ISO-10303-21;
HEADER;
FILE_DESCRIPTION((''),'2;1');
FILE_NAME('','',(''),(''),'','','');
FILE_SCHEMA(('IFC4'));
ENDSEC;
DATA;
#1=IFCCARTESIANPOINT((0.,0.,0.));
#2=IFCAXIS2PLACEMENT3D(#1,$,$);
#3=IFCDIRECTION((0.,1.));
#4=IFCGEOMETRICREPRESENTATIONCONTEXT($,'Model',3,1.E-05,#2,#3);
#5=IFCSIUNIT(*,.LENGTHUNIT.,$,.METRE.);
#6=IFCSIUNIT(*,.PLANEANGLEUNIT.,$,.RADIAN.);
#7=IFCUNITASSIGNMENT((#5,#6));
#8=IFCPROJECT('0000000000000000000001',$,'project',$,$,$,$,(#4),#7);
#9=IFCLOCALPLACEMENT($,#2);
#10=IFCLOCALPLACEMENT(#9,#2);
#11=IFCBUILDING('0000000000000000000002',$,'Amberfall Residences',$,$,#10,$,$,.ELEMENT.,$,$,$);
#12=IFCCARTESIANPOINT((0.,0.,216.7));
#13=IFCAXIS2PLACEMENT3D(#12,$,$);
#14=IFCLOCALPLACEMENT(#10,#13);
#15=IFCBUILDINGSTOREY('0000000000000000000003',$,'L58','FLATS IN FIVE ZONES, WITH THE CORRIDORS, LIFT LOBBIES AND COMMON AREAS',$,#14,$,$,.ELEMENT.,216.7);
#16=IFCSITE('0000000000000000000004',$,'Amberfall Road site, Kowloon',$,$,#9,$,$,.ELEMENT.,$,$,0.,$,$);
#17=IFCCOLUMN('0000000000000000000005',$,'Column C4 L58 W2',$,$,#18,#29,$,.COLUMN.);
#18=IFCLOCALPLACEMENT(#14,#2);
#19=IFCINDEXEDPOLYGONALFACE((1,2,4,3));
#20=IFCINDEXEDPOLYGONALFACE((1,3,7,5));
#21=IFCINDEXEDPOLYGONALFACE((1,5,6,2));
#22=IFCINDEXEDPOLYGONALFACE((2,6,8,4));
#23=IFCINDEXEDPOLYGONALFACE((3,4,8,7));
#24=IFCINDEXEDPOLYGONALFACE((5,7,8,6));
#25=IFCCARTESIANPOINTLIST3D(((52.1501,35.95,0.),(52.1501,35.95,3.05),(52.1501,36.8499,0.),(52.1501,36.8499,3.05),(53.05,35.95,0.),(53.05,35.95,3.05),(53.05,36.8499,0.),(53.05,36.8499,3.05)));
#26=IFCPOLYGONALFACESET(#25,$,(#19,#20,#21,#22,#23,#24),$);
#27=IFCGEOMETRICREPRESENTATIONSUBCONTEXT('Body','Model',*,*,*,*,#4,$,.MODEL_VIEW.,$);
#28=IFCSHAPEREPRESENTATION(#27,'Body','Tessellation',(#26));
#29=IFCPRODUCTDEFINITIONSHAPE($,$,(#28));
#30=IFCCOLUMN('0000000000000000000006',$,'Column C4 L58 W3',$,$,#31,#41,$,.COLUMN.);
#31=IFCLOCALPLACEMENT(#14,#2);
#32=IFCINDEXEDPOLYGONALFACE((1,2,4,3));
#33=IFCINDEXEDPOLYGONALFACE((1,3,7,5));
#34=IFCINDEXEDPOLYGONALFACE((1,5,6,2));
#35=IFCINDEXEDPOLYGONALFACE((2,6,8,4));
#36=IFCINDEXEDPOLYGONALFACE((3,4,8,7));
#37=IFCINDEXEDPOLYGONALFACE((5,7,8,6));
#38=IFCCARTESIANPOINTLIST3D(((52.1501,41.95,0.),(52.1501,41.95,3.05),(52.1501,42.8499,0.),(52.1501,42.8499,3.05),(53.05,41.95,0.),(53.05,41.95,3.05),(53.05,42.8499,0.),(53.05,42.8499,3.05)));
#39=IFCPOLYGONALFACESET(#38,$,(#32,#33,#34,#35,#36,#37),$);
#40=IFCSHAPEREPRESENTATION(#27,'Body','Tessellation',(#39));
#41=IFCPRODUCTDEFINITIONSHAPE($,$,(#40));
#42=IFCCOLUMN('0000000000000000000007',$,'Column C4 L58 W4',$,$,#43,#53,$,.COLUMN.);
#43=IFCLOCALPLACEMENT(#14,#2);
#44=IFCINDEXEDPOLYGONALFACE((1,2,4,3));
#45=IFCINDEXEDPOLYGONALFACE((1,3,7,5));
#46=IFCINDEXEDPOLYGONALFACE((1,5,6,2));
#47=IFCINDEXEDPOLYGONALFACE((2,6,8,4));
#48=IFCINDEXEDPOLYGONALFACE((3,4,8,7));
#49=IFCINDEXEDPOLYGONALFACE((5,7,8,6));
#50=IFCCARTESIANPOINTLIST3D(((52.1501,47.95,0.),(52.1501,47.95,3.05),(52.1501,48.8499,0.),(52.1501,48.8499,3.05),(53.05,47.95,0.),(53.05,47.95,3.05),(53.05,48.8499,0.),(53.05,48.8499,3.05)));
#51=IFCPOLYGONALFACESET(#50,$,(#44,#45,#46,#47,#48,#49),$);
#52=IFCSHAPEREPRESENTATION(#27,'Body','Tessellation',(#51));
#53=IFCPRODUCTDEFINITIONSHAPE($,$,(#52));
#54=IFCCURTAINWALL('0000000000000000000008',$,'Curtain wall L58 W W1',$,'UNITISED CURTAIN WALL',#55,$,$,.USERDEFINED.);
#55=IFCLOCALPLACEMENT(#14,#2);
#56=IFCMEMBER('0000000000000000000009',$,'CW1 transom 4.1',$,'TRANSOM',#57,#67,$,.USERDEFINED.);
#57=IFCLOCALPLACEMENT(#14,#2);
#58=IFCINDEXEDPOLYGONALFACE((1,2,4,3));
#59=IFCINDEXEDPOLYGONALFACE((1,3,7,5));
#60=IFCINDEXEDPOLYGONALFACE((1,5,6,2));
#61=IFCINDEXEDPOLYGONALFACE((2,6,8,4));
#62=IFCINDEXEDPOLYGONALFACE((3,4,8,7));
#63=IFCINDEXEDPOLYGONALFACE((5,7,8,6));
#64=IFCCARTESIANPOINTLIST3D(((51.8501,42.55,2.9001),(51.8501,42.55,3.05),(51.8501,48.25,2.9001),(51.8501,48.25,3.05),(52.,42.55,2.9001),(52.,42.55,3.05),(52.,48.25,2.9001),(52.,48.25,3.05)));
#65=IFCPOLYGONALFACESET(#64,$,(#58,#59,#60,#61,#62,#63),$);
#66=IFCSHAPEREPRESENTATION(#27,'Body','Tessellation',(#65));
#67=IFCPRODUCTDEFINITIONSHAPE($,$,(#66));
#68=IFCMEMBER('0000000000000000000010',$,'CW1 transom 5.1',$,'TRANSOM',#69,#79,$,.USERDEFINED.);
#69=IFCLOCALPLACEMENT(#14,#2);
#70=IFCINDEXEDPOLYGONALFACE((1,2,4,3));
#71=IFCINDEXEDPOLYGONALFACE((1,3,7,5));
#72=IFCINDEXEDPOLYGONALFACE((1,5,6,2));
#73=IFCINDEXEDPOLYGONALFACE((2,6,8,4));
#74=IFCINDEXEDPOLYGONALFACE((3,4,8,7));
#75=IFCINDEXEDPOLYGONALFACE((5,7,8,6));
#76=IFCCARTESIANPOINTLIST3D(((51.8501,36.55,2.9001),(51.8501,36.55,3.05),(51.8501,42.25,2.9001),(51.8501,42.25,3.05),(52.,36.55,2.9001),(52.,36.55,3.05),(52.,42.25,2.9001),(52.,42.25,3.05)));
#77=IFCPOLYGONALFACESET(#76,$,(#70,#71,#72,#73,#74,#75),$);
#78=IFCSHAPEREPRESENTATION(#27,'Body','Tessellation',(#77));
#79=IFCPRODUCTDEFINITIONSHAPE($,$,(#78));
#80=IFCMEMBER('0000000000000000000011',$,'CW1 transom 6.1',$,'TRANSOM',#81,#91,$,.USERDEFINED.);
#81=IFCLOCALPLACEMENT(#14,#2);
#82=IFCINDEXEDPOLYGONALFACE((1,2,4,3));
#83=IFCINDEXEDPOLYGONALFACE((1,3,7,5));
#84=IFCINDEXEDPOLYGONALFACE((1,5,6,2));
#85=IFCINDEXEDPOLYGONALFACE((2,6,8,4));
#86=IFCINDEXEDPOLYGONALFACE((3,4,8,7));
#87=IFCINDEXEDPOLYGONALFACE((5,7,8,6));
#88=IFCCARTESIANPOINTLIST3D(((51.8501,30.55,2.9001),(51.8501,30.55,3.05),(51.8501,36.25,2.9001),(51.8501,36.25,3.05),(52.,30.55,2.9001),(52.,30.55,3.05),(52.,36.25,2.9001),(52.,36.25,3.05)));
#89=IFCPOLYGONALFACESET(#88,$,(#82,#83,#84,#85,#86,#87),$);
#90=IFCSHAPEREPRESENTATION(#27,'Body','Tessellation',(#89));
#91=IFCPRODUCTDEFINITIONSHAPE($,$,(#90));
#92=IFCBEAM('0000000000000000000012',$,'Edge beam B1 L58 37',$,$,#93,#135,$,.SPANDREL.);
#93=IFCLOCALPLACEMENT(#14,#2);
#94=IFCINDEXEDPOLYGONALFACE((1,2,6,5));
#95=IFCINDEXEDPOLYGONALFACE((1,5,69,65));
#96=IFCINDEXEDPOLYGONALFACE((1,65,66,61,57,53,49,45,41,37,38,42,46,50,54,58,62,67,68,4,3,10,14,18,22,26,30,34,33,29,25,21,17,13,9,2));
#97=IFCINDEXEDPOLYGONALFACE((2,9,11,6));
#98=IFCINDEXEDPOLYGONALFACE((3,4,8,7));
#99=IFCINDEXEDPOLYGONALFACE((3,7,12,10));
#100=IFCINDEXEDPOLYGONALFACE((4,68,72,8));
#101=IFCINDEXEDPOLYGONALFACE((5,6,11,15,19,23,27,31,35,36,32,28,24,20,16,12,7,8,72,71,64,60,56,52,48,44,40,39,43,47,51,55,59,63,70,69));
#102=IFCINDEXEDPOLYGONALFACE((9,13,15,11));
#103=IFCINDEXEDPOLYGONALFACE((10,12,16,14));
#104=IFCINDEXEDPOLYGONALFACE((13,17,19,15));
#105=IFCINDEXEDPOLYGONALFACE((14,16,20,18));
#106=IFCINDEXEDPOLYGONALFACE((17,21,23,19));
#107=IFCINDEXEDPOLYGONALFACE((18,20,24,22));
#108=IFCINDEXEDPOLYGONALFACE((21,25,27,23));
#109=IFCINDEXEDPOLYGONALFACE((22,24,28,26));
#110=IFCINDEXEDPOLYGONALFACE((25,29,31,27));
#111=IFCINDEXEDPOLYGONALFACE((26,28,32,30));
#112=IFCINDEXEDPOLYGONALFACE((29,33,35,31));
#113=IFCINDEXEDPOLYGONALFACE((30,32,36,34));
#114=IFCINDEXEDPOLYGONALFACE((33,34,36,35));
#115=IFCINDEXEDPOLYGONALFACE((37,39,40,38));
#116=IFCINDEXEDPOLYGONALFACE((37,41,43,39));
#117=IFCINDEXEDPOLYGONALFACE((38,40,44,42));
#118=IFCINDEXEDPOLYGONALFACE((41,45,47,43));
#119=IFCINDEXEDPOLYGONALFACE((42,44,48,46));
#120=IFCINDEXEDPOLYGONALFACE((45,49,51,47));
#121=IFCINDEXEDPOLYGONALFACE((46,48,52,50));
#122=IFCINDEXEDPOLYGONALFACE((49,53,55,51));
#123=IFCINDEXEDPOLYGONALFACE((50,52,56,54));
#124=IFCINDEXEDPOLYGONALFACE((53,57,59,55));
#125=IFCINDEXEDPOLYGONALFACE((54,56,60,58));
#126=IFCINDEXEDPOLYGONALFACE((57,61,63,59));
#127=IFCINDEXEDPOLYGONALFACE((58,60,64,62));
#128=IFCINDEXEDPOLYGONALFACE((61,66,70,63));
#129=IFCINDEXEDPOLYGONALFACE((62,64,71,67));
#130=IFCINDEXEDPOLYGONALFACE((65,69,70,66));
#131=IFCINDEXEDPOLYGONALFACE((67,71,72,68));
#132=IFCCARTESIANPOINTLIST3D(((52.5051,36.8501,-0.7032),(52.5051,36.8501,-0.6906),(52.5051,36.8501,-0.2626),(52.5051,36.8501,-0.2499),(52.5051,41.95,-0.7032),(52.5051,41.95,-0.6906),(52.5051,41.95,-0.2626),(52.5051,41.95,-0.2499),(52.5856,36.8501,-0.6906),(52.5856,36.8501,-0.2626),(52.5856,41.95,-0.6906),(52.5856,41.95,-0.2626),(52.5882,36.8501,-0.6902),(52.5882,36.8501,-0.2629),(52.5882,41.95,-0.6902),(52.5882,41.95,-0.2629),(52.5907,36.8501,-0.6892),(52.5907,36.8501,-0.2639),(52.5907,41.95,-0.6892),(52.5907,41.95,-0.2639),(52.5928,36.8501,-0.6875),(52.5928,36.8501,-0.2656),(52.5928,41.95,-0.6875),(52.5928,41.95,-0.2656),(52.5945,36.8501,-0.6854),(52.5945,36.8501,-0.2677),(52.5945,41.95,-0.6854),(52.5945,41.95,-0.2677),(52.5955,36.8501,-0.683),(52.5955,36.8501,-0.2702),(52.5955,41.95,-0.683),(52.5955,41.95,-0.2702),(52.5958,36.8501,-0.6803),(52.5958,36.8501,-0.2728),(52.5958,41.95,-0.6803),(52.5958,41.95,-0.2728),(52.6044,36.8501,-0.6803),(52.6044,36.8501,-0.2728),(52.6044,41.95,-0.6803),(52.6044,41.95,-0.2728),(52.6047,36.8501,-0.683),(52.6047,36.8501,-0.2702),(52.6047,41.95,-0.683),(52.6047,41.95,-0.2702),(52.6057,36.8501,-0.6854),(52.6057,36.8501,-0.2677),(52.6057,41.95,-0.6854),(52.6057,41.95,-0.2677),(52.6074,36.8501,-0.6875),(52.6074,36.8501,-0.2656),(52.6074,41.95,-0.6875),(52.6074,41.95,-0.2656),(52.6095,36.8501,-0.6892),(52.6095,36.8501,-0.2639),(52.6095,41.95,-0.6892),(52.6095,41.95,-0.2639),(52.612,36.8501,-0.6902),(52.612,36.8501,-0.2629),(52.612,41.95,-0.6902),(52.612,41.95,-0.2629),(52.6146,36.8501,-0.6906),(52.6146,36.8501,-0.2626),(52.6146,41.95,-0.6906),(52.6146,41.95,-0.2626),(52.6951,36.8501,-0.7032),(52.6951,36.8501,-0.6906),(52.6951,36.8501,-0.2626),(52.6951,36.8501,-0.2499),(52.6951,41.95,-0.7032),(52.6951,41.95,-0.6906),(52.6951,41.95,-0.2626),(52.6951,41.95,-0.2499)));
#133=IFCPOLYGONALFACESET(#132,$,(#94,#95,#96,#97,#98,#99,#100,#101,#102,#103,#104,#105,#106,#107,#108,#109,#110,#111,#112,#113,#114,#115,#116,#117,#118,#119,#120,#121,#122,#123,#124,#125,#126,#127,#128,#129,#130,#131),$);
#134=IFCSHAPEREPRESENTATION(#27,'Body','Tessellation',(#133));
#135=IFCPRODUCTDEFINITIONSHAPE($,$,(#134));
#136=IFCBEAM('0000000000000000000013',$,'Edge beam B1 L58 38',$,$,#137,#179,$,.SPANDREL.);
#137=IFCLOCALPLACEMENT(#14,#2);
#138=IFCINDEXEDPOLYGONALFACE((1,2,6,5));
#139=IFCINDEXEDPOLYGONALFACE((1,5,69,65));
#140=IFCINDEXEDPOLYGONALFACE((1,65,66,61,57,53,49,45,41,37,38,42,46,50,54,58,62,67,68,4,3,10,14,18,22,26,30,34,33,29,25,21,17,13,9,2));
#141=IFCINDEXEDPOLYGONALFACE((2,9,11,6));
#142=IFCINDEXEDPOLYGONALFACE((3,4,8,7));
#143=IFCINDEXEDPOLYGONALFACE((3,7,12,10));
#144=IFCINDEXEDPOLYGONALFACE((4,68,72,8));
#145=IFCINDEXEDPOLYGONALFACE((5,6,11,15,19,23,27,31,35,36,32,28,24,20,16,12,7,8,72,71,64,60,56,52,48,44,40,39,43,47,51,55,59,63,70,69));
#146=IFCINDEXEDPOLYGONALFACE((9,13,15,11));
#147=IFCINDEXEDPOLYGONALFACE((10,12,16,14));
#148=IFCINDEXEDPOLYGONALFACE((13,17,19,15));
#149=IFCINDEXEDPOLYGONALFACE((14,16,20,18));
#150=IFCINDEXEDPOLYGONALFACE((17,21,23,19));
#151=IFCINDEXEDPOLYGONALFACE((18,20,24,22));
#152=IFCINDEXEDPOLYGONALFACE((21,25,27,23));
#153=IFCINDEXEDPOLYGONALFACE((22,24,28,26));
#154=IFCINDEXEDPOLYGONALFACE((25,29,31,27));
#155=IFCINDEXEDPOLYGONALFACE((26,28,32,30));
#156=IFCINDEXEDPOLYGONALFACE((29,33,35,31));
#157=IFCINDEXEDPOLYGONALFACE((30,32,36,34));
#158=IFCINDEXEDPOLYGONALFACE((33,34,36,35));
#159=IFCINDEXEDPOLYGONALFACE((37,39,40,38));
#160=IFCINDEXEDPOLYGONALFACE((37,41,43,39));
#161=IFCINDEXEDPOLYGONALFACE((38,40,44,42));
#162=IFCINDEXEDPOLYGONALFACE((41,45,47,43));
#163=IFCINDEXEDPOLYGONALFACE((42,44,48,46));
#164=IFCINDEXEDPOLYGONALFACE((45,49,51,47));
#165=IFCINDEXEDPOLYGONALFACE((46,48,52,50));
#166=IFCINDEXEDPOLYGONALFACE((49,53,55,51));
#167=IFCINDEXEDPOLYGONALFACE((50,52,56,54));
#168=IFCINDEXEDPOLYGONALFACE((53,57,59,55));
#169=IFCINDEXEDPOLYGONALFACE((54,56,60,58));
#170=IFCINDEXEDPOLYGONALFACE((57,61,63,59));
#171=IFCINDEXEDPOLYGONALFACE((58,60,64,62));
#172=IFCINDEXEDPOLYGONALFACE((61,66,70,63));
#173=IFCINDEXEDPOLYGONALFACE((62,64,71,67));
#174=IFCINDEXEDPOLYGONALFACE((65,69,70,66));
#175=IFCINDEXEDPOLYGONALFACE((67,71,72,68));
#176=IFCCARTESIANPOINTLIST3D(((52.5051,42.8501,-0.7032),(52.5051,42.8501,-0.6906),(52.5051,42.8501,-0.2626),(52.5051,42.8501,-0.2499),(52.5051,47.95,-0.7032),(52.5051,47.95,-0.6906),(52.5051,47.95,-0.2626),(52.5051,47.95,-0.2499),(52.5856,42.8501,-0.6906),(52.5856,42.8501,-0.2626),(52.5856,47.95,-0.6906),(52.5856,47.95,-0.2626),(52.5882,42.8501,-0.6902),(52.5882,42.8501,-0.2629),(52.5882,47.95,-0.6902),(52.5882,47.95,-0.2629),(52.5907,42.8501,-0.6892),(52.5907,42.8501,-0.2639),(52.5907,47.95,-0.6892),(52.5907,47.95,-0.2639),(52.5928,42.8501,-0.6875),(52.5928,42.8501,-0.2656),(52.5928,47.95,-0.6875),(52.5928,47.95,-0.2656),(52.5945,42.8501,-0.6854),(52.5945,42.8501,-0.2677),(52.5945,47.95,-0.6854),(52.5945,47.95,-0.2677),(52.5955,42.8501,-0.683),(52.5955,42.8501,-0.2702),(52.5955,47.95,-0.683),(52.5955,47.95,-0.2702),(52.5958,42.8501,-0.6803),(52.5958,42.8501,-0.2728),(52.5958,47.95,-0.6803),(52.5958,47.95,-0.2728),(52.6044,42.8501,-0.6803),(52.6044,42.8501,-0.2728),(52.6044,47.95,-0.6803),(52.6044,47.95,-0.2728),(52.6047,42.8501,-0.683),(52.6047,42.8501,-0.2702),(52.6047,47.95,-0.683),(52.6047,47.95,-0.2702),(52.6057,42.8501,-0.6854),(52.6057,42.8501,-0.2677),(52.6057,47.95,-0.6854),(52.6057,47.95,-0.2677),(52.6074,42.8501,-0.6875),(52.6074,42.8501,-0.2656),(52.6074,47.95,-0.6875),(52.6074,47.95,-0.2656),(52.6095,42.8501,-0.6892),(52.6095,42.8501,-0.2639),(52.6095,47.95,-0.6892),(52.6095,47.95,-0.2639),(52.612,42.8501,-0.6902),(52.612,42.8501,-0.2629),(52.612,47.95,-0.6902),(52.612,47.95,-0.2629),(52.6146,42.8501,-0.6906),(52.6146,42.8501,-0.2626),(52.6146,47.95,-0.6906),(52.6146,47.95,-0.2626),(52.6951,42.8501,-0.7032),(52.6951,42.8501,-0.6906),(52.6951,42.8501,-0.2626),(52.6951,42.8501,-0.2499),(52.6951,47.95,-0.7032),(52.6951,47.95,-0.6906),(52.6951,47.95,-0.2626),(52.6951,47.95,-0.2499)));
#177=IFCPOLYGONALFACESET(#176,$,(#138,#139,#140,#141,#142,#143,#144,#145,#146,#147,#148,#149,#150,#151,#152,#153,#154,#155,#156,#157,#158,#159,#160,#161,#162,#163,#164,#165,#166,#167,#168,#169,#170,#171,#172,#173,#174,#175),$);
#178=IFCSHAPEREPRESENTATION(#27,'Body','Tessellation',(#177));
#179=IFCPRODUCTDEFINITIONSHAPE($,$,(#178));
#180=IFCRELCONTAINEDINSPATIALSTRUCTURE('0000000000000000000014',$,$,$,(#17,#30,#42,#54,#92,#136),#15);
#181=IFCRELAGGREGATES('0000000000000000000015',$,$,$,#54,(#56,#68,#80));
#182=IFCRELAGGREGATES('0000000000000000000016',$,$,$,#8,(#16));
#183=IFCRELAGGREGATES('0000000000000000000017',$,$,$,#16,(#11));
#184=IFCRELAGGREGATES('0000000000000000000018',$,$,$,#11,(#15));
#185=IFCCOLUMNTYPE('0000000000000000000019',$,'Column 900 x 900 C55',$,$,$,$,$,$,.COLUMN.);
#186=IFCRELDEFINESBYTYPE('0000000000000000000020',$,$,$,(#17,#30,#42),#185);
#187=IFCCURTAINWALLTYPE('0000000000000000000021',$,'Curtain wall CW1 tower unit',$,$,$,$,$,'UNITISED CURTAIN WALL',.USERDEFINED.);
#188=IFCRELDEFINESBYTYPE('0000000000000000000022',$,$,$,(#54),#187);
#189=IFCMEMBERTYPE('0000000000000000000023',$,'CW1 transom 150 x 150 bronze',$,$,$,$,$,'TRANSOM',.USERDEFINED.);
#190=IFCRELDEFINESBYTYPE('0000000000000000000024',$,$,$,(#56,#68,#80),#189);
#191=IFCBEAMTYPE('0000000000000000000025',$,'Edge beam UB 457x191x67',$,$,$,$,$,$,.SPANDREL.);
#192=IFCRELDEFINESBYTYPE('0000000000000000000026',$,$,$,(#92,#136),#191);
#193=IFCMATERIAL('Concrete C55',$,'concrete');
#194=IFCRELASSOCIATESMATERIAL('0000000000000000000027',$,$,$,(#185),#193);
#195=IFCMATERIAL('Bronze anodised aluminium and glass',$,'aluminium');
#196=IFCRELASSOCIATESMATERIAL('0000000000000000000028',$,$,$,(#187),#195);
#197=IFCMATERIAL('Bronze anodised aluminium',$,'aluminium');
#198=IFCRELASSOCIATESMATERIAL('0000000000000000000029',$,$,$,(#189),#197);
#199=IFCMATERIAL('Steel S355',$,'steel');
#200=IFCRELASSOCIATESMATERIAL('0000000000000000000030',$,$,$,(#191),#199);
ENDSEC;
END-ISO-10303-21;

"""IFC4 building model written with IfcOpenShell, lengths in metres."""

from ifc_helpers import new_model, si_unit, direction, frame, origin, origin_2d, place, context, subcontext, project, spatial, rectangle, i_section, extrude, material, material_profile, profile_set, type_object, element, aggregate, save


model = new_model("IFC4")

# Units and contexts
model_context = context("Model", 3, precision=1e-05, world=origin(), true_north=direction((0.0, 1.0)))
body_context = subcontext(model_context, "Body", "Model", "MODEL_VIEW")
ifc_project = project(units=[si_unit("LENGTHUNIT", "METRE"), si_unit("PLANEANGLEUNIT", "RADIAN")], contexts=[model_context])

# Site, building, storey
site_placement = place(None, origin())
site = spatial("IfcSite", under=ifc_project, at=site_placement, Name="Amberfall Road site, Kowloon", CompositionType="ELEMENT", RefElevation=0.0)
building_placement = place(site_placement, origin())
building = spatial("IfcBuilding", under=site, at=building_placement, Name="Amberfall Residences", CompositionType="ELEMENT")
storey_placement = place(building_placement, frame((0.0, 0.0, 216.7)))
storey = spatial("IfcBuildingStorey", under=building, at=storey_placement, Name="L58", Description="FLATS IN FIVE ZONES, WITH THE CORRIDORS, LIFT LOBBIES AND COMMON AREAS", CompositionType="ELEMENT", Elevation=216.7)

# Columns
ifc_material_1 = material(Name="Concrete C55", Category="concrete")
ifc_material_profile_1 = material_profile(ifc_material_1, rectangle(XDim=0.8999, YDim=0.8999, at=origin_2d()), Name="Column 900 x 900 C55")
ifc_profile_set_1 = profile_set([ifc_material_profile_1], Name="Concrete C55")
column_type = type_object("IfcColumnType", Name="Column 900 x 900 C55", PredefinedType="COLUMN", material=ifc_profile_set_1)
for number, where, z_axis, x_axis, name in (
    (1, (52.6001, 36.3999, 0.0), (0.0, 0.0, 1.0), (1.0, 0.0, 0.0), "Column C4 L58 W2"),
    (2, (52.6001, 42.3999, 0.0), (0.0, 0.0, 1.0), (1.0, 0.0, 0.0), "Column C4 L58 W3"),
    (3, (52.6001, 48.3999, 0.0), (0.0, 0.0, 1.0), (1.0, 0.0, 0.0), "Column C4 L58 W4"),
):
    element("IfcColumn", number, at=place(storey_placement, frame(where, z_axis=z_axis, x_axis=x_axis)), inside=storey, type_object=column_type, Name=name, PredefinedType="COLUMN", context=body_context, shape_type="SweptSolid", body=[
        extrude(rectangle(XDim=0.8999, YDim=0.8999, at=origin_2d()), origin(), (0.0, 0.0, 1.0), 3.05),
    ])

# Curtain wall, members
ifc_material_2 = material(Name="Bronze anodised aluminium and glass", Category="aluminium")
curtain_wall_type = type_object("IfcCurtainWallType", Name="Curtain wall CW1 tower unit", ElementType="UNITISED CURTAIN WALL", PredefinedType="USERDEFINED", material=ifc_material_2)
curtain_wall_placement = place(storey_placement, origin())
curtain_wall = element("IfcCurtainWall", 4, at=curtain_wall_placement, inside=storey, type_object=curtain_wall_type, Name="Curtain wall L58 W W1", ObjectType="UNITISED CURTAIN WALL", PredefinedType="USERDEFINED")
ifc_material_3 = material(Name="Bronze anodised aluminium", Category="aluminium")
ifc_material_profile_2 = material_profile(ifc_material_3, rectangle(XDim=0.1499, YDim=0.1499, at=origin_2d()), Name="CW1 transom 150 x 150 bronze")
ifc_profile_set_2 = profile_set([ifc_material_profile_2], Name="Bronze anodised aluminium")
member_type_1 = type_object("IfcMemberType", Name="CW1 transom 150 x 150 bronze", ElementType="TRANSOM", PredefinedType="USERDEFINED", material=ifc_profile_set_2)
member_1_placement = place(storey_placement, frame((51.925, 48.25, 2.9751), z_axis=(0.0, -1.0, 0.0), x_axis=(1.0, 0.0, 0.0)))
member_1 = element("IfcMember", 5, at=member_1_placement, type_object=member_type_1, Name="CW1 transom 4.1", ObjectType="TRANSOM", PredefinedType="USERDEFINED", context=body_context, shape_type="SweptSolid", body=[
    extrude(rectangle(XDim=0.1499, YDim=0.1499, at=origin_2d()), origin(), (0.0, 0.0, 1.0), 5.7),
])
member_2_placement = place(storey_placement, frame((51.925, 42.25, 2.9751), z_axis=(0.0, -1.0, 0.0), x_axis=(1.0, 0.0, 0.0)))
member_2 = element("IfcMember", 6, at=member_2_placement, type_object=member_type_1, Name="CW1 transom 5.1", ObjectType="TRANSOM", PredefinedType="USERDEFINED", context=body_context, shape_type="SweptSolid", body=[
    extrude(rectangle(XDim=0.1499, YDim=0.1499, at=origin_2d()), origin(), (0.0, 0.0, 1.0), 5.7),
])
member_3_placement = place(storey_placement, frame((51.925, 36.25, 2.9751), z_axis=(0.0, -1.0, 0.0), x_axis=(1.0, 0.0, 0.0)))
member_3 = element("IfcMember", 7, at=member_3_placement, type_object=member_type_1, Name="CW1 transom 6.1", ObjectType="TRANSOM", PredefinedType="USERDEFINED", context=body_context, shape_type="SweptSolid", body=[
    extrude(rectangle(XDim=0.1499, YDim=0.1499, at=origin_2d()), origin(), (0.0, 0.0, 1.0), 5.7),
])

# Beams
ifc_material_4 = material(Name="Steel S355", Category="steel")
ifc_material_profile_3 = material_profile(ifc_material_4, i_section(OverallWidth=0.1899, OverallDepth=0.4534, WebThickness=0.0085, FlangeThickness=0.0127, FilletRadius=0.0103, at=origin_2d()), Name="UB 457x191x67")
ifc_profile_set_3 = profile_set([ifc_material_profile_3], Name="Steel S355")
beam_type_1 = type_object("IfcBeamType", Name="Edge beam UB 457x191x67", PredefinedType="SPANDREL", material=ifc_profile_set_3)
for number, where, z_axis, x_axis, name in (
    (8, (52.6001, 36.8501, -0.4766), (0.0, 1.0, 0.0), (-1.0, 0.0, 0.0), "Edge beam B1 L58 37"),
    (9, (52.6001, 42.8501, -0.4766), (0.0, 1.0, 0.0), (-1.0, 0.0, 0.0), "Edge beam B1 L58 38"),
):
    element("IfcBeam", number, at=place(storey_placement, frame(where, z_axis=z_axis, x_axis=x_axis)), inside=storey, type_object=beam_type_1, Name=name, PredefinedType="SPANDREL", context=body_context, shape_type="SweptSolid", body=[
        extrude(i_section(OverallWidth=0.1899, OverallDepth=0.4534, WebThickness=0.0085, FlangeThickness=0.0127, FilletRadius=0.0103, at=origin_2d()), origin(), (0.0, 0.0, 1.0), 5.0999),
    ])

aggregate(curtain_wall, [member_1, member_2, member_3])

save(model, "model.ifc")
